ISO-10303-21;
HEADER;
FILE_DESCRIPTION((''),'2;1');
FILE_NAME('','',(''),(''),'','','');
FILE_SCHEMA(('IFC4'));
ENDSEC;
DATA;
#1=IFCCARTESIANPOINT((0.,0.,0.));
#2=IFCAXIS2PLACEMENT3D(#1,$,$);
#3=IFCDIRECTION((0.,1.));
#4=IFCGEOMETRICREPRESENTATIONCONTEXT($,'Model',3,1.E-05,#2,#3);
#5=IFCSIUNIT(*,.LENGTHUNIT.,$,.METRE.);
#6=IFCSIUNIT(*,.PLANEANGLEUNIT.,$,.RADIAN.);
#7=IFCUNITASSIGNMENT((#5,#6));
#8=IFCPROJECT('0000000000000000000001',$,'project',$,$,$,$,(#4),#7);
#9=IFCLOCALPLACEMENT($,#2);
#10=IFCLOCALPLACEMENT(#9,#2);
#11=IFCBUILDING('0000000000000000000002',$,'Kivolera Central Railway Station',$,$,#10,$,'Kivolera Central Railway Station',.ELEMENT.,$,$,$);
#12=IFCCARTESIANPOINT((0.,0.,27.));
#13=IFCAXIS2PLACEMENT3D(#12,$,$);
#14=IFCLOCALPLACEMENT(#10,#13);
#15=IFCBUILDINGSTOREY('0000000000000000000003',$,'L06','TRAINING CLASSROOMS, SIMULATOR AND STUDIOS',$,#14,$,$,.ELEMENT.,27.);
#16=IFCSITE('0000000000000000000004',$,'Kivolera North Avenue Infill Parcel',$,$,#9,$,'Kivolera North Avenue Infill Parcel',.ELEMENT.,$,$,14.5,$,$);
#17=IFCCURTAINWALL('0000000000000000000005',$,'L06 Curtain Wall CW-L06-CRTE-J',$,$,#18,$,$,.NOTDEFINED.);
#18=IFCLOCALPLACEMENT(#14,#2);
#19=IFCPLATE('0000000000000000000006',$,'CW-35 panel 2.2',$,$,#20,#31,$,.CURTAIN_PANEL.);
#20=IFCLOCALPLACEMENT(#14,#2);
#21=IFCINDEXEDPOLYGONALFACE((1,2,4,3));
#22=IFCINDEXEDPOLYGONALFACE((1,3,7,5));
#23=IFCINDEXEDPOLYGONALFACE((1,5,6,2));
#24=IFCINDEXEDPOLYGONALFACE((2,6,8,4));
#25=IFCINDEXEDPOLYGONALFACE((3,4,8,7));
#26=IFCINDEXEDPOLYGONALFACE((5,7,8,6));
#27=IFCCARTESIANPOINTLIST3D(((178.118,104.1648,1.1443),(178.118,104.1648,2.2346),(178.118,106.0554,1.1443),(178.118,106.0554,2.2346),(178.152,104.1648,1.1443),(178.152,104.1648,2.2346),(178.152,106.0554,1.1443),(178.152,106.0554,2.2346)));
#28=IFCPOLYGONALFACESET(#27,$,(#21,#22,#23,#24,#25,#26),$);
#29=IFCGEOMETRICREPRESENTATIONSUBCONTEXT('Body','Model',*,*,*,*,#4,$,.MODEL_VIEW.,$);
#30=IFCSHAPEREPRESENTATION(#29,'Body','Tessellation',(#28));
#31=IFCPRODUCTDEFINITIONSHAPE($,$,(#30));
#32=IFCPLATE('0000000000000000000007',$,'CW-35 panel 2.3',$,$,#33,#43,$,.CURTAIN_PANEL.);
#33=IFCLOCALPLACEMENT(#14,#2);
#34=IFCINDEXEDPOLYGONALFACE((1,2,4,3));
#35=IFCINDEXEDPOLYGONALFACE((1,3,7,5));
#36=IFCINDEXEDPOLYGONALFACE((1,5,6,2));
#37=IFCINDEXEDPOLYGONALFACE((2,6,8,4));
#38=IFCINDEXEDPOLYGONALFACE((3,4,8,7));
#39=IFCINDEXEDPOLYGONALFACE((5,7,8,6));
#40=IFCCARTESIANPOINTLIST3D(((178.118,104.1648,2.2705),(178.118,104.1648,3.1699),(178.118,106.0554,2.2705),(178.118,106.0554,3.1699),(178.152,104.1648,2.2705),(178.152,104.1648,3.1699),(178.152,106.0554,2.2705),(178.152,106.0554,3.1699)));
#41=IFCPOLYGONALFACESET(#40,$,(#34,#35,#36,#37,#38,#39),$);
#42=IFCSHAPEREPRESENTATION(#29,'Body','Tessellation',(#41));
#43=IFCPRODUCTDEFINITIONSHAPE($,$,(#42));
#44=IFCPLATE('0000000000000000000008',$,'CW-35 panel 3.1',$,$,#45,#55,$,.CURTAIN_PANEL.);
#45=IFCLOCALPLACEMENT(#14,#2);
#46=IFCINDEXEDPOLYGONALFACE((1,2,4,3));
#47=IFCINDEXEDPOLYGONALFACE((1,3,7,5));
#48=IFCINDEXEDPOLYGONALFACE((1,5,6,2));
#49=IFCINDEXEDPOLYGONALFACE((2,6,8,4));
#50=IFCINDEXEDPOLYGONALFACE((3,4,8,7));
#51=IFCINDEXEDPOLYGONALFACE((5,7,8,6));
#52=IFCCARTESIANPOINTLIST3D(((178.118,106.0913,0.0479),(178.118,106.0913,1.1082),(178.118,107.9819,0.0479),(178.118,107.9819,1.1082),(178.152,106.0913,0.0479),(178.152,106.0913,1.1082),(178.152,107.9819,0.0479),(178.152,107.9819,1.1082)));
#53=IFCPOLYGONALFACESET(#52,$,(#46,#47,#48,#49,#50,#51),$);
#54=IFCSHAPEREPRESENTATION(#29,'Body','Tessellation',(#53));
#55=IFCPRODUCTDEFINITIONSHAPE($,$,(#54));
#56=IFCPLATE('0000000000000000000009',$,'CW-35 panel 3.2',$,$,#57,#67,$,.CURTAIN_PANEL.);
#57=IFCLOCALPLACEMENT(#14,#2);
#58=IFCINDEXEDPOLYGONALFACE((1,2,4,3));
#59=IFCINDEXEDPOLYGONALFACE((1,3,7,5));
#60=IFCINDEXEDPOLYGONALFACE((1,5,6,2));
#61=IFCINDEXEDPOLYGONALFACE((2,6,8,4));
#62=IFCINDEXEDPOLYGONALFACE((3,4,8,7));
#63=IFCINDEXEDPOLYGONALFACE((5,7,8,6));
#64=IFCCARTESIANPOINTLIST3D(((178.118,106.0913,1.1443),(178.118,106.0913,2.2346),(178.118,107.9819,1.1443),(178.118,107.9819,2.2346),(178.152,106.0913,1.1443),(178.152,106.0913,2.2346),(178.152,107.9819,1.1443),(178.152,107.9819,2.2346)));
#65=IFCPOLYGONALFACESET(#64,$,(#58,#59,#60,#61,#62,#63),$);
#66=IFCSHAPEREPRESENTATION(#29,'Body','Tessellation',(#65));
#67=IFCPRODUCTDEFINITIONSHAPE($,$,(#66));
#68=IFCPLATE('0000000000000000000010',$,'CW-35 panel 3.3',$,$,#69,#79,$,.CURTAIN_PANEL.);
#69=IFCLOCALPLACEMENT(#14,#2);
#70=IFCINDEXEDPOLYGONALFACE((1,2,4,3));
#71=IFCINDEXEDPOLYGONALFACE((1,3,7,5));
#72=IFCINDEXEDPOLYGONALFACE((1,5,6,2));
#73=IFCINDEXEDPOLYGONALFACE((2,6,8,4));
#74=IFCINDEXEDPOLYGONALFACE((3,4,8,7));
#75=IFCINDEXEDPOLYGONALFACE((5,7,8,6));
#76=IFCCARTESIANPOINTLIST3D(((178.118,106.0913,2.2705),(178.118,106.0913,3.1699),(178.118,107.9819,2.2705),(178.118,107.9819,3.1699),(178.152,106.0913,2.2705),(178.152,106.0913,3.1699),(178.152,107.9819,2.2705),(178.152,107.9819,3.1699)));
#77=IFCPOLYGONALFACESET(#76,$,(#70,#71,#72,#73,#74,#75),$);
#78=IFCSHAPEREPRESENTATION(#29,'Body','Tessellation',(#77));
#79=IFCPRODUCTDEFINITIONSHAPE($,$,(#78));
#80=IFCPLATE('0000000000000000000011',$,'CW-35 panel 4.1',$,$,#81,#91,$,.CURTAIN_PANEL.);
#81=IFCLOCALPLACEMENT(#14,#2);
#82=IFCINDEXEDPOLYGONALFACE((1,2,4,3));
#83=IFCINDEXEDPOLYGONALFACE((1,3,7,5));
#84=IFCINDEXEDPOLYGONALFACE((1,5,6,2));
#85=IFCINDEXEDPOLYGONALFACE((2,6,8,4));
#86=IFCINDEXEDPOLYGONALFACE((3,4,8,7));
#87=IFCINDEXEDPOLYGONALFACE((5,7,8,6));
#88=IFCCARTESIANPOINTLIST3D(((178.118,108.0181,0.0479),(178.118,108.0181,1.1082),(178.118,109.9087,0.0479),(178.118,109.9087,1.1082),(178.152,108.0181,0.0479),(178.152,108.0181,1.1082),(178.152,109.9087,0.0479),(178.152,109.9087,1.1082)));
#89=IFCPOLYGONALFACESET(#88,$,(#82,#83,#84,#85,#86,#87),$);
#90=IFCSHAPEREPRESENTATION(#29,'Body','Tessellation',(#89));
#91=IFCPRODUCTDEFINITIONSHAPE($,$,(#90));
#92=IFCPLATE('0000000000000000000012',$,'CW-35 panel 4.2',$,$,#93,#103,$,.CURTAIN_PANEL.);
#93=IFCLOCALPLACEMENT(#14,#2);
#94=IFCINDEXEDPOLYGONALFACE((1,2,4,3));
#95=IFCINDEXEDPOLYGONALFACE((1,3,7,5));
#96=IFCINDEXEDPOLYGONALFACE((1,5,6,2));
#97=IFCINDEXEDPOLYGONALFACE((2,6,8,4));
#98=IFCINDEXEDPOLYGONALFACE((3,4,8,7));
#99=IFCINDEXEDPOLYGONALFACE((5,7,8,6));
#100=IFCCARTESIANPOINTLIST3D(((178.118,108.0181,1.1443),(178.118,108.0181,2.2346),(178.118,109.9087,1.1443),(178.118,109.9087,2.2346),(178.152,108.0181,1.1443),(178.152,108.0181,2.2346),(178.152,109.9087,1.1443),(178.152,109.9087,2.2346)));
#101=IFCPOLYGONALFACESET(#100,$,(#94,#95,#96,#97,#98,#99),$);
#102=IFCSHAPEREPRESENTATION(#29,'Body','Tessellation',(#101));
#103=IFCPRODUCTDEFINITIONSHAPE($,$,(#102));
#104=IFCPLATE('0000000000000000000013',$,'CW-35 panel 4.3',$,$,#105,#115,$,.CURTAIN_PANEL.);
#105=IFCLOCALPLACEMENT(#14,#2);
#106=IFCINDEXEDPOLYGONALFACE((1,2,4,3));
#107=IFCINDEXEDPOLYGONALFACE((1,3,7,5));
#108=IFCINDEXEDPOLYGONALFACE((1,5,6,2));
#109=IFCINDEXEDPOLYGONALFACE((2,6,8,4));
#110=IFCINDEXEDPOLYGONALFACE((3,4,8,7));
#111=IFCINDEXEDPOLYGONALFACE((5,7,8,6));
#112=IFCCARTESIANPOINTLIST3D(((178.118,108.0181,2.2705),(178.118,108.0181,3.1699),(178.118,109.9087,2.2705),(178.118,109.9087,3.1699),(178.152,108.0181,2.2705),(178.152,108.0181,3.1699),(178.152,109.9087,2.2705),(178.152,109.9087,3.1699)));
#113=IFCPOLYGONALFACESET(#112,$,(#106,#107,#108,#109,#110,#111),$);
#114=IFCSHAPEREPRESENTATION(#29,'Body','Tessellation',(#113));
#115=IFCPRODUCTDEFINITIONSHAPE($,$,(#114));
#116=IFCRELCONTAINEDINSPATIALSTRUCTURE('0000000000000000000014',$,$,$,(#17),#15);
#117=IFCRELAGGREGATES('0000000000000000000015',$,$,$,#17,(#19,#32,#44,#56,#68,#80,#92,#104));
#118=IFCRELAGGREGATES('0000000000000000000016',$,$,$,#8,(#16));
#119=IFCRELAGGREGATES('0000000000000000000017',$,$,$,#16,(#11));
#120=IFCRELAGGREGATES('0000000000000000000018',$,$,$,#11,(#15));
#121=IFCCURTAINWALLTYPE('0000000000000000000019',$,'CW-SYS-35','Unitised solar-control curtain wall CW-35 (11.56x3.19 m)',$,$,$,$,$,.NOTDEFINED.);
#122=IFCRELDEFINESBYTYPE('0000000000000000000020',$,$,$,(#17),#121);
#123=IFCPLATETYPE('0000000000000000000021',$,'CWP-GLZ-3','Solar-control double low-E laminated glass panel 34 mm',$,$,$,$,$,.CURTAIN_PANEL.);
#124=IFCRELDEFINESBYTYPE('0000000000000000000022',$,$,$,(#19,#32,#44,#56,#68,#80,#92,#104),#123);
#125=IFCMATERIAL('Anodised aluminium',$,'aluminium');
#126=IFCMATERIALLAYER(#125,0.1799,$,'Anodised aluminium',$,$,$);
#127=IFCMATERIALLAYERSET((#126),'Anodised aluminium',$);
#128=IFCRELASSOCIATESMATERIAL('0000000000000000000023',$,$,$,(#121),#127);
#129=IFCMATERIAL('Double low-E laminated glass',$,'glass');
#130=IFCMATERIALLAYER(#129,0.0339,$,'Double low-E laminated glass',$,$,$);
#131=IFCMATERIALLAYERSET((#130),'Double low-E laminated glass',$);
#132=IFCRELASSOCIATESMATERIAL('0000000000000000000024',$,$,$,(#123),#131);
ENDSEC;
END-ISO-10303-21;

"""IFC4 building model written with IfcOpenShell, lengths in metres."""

from ifc_helpers import new_model, si_unit, direction, frame, origin, origin_2d, place, context, subcontext, project, spatial, rectangle, extrude, material, layer, layer_set, type_object, element, aggregate, save


model = new_model("IFC4")

# Units and contexts
model_context = context("Model", 3, precision=1e-05, world=origin(), true_north=direction((0.0, 1.0)))
body_context = subcontext(model_context, "Body", "Model", "MODEL_VIEW")
ifc_project = project(units=[si_unit("LENGTHUNIT", "METRE"), si_unit("PLANEANGLEUNIT", "RADIAN")], contexts=[model_context])

# Site, building, storey
site_placement = place(None, origin())
site = spatial("IfcSite", under=ifc_project, at=site_placement, Name="Kivolera North Avenue Infill Parcel", LongName="Kivolera North Avenue Infill Parcel", CompositionType="ELEMENT", RefElevation=14.5)
building_placement = place(site_placement, origin())
building = spatial("IfcBuilding", under=site, at=building_placement, Name="Kivolera Central Railway Station", LongName="Kivolera Central Railway Station", CompositionType="ELEMENT")
storey_placement = place(building_placement, frame((0.0, 0.0, 27.0)))
storey = spatial("IfcBuildingStorey", under=building, at=storey_placement, Name="L06", Description="TRAINING CLASSROOMS, SIMULATOR AND STUDIOS", CompositionType="ELEMENT", Elevation=27.0)

# Curtain wall, plates
ifc_material_1 = material(Name="Anodised aluminium", Category="aluminium")
ifc_layer_1 = layer(ifc_material_1, 0.1799, Name="Anodised aluminium")
ifc_layer_set_1 = layer_set([ifc_layer_1], Name="Anodised aluminium")
curtain_wall_type = type_object("IfcCurtainWallType", Name="CW-SYS-35", Description="Unitised solar-control curtain wall CW-35 (11.56x3.19 m)", PredefinedType="NOTDEFINED", material=ifc_layer_set_1)
curtain_wall_placement = place(storey_placement, origin())
curtain_wall = element("IfcCurtainWall", 1, at=curtain_wall_placement, inside=storey, type_object=curtain_wall_type, Name="L06 Curtain Wall CW-L06-CRTE-J", PredefinedType="NOTDEFINED")
ifc_material_2 = material(Name="Double low-E laminated glass", Category="glass")
ifc_layer_2 = layer(ifc_material_2, 0.0339, Name="Double low-E laminated glass")
ifc_layer_set_2 = layer_set([ifc_layer_2], Name="Double low-E laminated glass")
plate_type = type_object("IfcPlateType", Name="CWP-GLZ-3", Description="Solar-control double low-E laminated glass panel 34 mm", PredefinedType="CURTAIN_PANEL", material=ifc_layer_set_2)
plate_1_placement = place(storey_placement, frame((178.135, 105.1101, 1.1443), z_axis=(0.0, 0.0, 1.0), x_axis=(0.0, 1.0, 0.0)))
plate_1 = element("IfcPlate", 2, at=plate_1_placement, type_object=plate_type, Name="CW-35 panel 2.2", PredefinedType="CURTAIN_PANEL", context=body_context, shape_type="SweptSolid", body=[
    extrude(rectangle(XDim=1.8906, YDim=0.0339, at=origin_2d()), origin(), (0.0, 0.0, 1.0), 1.0903),
])
plate_2_placement = place(storey_placement, frame((178.135, 105.1101, 2.2705), z_axis=(0.0, 0.0, 1.0), x_axis=(0.0, 1.0, 0.0)))
plate_2 = element("IfcPlate", 3, at=plate_2_placement, type_object=plate_type, Name="CW-35 panel 2.3", PredefinedType="CURTAIN_PANEL", context=body_context, shape_type="SweptSolid", body=[
    extrude(rectangle(XDim=1.8906, YDim=0.0339, at=origin_2d()), origin(), (0.0, 0.0, 1.0), 0.8994),
])
plate_3_placement = place(storey_placement, frame((178.135, 107.0366, 0.0479), z_axis=(0.0, 0.0, 1.0), x_axis=(0.0, 1.0, 0.0)))
plate_3 = element("IfcPlate", 4, at=plate_3_placement, type_object=plate_type, Name="CW-35 panel 3.1", PredefinedType="CURTAIN_PANEL", context=body_context, shape_type="SweptSolid", body=[
    extrude(rectangle(XDim=1.8906, YDim=0.0339, at=origin_2d()), origin(), (0.0, 0.0, 1.0), 1.0603),
])
plate_4_placement = place(storey_placement, frame((178.135, 107.0366, 1.1443), z_axis=(0.0, 0.0, 1.0), x_axis=(0.0, 1.0, 0.0)))
plate_4 = element("IfcPlate", 5, at=plate_4_placement, type_object=plate_type, Name="CW-35 panel 3.2", PredefinedType="CURTAIN_PANEL", context=body_context, shape_type="SweptSolid", body=[
    extrude(rectangle(XDim=1.8906, YDim=0.0339, at=origin_2d()), origin(), (0.0, 0.0, 1.0), 1.0903),
])
plate_5_placement = place(storey_placement, frame((178.135, 107.0366, 2.2705), z_axis=(0.0, 0.0, 1.0), x_axis=(0.0, 1.0, 0.0)))
plate_5 = element("IfcPlate", 6, at=plate_5_placement, type_object=plate_type, Name="CW-35 panel 3.3", PredefinedType="CURTAIN_PANEL", context=body_context, shape_type="SweptSolid", body=[
    extrude(rectangle(XDim=1.8906, YDim=0.0339, at=origin_2d()), origin(), (0.0, 0.0, 1.0), 0.8994),
])
plate_6_placement = place(storey_placement, frame((178.135, 108.9634, 0.0479), z_axis=(0.0, 0.0, 1.0), x_axis=(0.0, 1.0, 0.0)))
plate_6 = element("IfcPlate", 7, at=plate_6_placement, type_object=plate_type, Name="CW-35 panel 4.1", PredefinedType="CURTAIN_PANEL", context=body_context, shape_type="SweptSolid", body=[
    extrude(rectangle(XDim=1.8906, YDim=0.0339, at=origin_2d()), origin(), (0.0, 0.0, 1.0), 1.0603),
])
plate_7_placement = place(storey_placement, frame((178.135, 108.9634, 1.1443), z_axis=(0.0, 0.0, 1.0), x_axis=(0.0, 1.0, 0.0)))
plate_7 = element("IfcPlate", 8, at=plate_7_placement, type_object=plate_type, Name="CW-35 panel 4.2", PredefinedType="CURTAIN_PANEL", context=body_context, shape_type="SweptSolid", body=[
    extrude(rectangle(XDim=1.8906, YDim=0.0339, at=origin_2d()), origin(), (0.0, 0.0, 1.0), 1.0903),
])
plate_8_placement = place(storey_placement, frame((178.135, 108.9634, 2.2705), z_axis=(0.0, 0.0, 1.0), x_axis=(0.0, 1.0, 0.0)))
plate_8 = element("IfcPlate", 9, at=plate_8_placement, type_object=plate_type, Name="CW-35 panel 4.3", PredefinedType="CURTAIN_PANEL", context=body_context, shape_type="SweptSolid", body=[
    extrude(rectangle(XDim=1.8906, YDim=0.0339, at=origin_2d()), origin(), (0.0, 0.0, 1.0), 0.8994),
])
aggregate(curtain_wall, [plate_1, plate_2, plate_3, plate_4, plate_5, plate_6, plate_7, plate_8])

save(model, "model.ifc")
